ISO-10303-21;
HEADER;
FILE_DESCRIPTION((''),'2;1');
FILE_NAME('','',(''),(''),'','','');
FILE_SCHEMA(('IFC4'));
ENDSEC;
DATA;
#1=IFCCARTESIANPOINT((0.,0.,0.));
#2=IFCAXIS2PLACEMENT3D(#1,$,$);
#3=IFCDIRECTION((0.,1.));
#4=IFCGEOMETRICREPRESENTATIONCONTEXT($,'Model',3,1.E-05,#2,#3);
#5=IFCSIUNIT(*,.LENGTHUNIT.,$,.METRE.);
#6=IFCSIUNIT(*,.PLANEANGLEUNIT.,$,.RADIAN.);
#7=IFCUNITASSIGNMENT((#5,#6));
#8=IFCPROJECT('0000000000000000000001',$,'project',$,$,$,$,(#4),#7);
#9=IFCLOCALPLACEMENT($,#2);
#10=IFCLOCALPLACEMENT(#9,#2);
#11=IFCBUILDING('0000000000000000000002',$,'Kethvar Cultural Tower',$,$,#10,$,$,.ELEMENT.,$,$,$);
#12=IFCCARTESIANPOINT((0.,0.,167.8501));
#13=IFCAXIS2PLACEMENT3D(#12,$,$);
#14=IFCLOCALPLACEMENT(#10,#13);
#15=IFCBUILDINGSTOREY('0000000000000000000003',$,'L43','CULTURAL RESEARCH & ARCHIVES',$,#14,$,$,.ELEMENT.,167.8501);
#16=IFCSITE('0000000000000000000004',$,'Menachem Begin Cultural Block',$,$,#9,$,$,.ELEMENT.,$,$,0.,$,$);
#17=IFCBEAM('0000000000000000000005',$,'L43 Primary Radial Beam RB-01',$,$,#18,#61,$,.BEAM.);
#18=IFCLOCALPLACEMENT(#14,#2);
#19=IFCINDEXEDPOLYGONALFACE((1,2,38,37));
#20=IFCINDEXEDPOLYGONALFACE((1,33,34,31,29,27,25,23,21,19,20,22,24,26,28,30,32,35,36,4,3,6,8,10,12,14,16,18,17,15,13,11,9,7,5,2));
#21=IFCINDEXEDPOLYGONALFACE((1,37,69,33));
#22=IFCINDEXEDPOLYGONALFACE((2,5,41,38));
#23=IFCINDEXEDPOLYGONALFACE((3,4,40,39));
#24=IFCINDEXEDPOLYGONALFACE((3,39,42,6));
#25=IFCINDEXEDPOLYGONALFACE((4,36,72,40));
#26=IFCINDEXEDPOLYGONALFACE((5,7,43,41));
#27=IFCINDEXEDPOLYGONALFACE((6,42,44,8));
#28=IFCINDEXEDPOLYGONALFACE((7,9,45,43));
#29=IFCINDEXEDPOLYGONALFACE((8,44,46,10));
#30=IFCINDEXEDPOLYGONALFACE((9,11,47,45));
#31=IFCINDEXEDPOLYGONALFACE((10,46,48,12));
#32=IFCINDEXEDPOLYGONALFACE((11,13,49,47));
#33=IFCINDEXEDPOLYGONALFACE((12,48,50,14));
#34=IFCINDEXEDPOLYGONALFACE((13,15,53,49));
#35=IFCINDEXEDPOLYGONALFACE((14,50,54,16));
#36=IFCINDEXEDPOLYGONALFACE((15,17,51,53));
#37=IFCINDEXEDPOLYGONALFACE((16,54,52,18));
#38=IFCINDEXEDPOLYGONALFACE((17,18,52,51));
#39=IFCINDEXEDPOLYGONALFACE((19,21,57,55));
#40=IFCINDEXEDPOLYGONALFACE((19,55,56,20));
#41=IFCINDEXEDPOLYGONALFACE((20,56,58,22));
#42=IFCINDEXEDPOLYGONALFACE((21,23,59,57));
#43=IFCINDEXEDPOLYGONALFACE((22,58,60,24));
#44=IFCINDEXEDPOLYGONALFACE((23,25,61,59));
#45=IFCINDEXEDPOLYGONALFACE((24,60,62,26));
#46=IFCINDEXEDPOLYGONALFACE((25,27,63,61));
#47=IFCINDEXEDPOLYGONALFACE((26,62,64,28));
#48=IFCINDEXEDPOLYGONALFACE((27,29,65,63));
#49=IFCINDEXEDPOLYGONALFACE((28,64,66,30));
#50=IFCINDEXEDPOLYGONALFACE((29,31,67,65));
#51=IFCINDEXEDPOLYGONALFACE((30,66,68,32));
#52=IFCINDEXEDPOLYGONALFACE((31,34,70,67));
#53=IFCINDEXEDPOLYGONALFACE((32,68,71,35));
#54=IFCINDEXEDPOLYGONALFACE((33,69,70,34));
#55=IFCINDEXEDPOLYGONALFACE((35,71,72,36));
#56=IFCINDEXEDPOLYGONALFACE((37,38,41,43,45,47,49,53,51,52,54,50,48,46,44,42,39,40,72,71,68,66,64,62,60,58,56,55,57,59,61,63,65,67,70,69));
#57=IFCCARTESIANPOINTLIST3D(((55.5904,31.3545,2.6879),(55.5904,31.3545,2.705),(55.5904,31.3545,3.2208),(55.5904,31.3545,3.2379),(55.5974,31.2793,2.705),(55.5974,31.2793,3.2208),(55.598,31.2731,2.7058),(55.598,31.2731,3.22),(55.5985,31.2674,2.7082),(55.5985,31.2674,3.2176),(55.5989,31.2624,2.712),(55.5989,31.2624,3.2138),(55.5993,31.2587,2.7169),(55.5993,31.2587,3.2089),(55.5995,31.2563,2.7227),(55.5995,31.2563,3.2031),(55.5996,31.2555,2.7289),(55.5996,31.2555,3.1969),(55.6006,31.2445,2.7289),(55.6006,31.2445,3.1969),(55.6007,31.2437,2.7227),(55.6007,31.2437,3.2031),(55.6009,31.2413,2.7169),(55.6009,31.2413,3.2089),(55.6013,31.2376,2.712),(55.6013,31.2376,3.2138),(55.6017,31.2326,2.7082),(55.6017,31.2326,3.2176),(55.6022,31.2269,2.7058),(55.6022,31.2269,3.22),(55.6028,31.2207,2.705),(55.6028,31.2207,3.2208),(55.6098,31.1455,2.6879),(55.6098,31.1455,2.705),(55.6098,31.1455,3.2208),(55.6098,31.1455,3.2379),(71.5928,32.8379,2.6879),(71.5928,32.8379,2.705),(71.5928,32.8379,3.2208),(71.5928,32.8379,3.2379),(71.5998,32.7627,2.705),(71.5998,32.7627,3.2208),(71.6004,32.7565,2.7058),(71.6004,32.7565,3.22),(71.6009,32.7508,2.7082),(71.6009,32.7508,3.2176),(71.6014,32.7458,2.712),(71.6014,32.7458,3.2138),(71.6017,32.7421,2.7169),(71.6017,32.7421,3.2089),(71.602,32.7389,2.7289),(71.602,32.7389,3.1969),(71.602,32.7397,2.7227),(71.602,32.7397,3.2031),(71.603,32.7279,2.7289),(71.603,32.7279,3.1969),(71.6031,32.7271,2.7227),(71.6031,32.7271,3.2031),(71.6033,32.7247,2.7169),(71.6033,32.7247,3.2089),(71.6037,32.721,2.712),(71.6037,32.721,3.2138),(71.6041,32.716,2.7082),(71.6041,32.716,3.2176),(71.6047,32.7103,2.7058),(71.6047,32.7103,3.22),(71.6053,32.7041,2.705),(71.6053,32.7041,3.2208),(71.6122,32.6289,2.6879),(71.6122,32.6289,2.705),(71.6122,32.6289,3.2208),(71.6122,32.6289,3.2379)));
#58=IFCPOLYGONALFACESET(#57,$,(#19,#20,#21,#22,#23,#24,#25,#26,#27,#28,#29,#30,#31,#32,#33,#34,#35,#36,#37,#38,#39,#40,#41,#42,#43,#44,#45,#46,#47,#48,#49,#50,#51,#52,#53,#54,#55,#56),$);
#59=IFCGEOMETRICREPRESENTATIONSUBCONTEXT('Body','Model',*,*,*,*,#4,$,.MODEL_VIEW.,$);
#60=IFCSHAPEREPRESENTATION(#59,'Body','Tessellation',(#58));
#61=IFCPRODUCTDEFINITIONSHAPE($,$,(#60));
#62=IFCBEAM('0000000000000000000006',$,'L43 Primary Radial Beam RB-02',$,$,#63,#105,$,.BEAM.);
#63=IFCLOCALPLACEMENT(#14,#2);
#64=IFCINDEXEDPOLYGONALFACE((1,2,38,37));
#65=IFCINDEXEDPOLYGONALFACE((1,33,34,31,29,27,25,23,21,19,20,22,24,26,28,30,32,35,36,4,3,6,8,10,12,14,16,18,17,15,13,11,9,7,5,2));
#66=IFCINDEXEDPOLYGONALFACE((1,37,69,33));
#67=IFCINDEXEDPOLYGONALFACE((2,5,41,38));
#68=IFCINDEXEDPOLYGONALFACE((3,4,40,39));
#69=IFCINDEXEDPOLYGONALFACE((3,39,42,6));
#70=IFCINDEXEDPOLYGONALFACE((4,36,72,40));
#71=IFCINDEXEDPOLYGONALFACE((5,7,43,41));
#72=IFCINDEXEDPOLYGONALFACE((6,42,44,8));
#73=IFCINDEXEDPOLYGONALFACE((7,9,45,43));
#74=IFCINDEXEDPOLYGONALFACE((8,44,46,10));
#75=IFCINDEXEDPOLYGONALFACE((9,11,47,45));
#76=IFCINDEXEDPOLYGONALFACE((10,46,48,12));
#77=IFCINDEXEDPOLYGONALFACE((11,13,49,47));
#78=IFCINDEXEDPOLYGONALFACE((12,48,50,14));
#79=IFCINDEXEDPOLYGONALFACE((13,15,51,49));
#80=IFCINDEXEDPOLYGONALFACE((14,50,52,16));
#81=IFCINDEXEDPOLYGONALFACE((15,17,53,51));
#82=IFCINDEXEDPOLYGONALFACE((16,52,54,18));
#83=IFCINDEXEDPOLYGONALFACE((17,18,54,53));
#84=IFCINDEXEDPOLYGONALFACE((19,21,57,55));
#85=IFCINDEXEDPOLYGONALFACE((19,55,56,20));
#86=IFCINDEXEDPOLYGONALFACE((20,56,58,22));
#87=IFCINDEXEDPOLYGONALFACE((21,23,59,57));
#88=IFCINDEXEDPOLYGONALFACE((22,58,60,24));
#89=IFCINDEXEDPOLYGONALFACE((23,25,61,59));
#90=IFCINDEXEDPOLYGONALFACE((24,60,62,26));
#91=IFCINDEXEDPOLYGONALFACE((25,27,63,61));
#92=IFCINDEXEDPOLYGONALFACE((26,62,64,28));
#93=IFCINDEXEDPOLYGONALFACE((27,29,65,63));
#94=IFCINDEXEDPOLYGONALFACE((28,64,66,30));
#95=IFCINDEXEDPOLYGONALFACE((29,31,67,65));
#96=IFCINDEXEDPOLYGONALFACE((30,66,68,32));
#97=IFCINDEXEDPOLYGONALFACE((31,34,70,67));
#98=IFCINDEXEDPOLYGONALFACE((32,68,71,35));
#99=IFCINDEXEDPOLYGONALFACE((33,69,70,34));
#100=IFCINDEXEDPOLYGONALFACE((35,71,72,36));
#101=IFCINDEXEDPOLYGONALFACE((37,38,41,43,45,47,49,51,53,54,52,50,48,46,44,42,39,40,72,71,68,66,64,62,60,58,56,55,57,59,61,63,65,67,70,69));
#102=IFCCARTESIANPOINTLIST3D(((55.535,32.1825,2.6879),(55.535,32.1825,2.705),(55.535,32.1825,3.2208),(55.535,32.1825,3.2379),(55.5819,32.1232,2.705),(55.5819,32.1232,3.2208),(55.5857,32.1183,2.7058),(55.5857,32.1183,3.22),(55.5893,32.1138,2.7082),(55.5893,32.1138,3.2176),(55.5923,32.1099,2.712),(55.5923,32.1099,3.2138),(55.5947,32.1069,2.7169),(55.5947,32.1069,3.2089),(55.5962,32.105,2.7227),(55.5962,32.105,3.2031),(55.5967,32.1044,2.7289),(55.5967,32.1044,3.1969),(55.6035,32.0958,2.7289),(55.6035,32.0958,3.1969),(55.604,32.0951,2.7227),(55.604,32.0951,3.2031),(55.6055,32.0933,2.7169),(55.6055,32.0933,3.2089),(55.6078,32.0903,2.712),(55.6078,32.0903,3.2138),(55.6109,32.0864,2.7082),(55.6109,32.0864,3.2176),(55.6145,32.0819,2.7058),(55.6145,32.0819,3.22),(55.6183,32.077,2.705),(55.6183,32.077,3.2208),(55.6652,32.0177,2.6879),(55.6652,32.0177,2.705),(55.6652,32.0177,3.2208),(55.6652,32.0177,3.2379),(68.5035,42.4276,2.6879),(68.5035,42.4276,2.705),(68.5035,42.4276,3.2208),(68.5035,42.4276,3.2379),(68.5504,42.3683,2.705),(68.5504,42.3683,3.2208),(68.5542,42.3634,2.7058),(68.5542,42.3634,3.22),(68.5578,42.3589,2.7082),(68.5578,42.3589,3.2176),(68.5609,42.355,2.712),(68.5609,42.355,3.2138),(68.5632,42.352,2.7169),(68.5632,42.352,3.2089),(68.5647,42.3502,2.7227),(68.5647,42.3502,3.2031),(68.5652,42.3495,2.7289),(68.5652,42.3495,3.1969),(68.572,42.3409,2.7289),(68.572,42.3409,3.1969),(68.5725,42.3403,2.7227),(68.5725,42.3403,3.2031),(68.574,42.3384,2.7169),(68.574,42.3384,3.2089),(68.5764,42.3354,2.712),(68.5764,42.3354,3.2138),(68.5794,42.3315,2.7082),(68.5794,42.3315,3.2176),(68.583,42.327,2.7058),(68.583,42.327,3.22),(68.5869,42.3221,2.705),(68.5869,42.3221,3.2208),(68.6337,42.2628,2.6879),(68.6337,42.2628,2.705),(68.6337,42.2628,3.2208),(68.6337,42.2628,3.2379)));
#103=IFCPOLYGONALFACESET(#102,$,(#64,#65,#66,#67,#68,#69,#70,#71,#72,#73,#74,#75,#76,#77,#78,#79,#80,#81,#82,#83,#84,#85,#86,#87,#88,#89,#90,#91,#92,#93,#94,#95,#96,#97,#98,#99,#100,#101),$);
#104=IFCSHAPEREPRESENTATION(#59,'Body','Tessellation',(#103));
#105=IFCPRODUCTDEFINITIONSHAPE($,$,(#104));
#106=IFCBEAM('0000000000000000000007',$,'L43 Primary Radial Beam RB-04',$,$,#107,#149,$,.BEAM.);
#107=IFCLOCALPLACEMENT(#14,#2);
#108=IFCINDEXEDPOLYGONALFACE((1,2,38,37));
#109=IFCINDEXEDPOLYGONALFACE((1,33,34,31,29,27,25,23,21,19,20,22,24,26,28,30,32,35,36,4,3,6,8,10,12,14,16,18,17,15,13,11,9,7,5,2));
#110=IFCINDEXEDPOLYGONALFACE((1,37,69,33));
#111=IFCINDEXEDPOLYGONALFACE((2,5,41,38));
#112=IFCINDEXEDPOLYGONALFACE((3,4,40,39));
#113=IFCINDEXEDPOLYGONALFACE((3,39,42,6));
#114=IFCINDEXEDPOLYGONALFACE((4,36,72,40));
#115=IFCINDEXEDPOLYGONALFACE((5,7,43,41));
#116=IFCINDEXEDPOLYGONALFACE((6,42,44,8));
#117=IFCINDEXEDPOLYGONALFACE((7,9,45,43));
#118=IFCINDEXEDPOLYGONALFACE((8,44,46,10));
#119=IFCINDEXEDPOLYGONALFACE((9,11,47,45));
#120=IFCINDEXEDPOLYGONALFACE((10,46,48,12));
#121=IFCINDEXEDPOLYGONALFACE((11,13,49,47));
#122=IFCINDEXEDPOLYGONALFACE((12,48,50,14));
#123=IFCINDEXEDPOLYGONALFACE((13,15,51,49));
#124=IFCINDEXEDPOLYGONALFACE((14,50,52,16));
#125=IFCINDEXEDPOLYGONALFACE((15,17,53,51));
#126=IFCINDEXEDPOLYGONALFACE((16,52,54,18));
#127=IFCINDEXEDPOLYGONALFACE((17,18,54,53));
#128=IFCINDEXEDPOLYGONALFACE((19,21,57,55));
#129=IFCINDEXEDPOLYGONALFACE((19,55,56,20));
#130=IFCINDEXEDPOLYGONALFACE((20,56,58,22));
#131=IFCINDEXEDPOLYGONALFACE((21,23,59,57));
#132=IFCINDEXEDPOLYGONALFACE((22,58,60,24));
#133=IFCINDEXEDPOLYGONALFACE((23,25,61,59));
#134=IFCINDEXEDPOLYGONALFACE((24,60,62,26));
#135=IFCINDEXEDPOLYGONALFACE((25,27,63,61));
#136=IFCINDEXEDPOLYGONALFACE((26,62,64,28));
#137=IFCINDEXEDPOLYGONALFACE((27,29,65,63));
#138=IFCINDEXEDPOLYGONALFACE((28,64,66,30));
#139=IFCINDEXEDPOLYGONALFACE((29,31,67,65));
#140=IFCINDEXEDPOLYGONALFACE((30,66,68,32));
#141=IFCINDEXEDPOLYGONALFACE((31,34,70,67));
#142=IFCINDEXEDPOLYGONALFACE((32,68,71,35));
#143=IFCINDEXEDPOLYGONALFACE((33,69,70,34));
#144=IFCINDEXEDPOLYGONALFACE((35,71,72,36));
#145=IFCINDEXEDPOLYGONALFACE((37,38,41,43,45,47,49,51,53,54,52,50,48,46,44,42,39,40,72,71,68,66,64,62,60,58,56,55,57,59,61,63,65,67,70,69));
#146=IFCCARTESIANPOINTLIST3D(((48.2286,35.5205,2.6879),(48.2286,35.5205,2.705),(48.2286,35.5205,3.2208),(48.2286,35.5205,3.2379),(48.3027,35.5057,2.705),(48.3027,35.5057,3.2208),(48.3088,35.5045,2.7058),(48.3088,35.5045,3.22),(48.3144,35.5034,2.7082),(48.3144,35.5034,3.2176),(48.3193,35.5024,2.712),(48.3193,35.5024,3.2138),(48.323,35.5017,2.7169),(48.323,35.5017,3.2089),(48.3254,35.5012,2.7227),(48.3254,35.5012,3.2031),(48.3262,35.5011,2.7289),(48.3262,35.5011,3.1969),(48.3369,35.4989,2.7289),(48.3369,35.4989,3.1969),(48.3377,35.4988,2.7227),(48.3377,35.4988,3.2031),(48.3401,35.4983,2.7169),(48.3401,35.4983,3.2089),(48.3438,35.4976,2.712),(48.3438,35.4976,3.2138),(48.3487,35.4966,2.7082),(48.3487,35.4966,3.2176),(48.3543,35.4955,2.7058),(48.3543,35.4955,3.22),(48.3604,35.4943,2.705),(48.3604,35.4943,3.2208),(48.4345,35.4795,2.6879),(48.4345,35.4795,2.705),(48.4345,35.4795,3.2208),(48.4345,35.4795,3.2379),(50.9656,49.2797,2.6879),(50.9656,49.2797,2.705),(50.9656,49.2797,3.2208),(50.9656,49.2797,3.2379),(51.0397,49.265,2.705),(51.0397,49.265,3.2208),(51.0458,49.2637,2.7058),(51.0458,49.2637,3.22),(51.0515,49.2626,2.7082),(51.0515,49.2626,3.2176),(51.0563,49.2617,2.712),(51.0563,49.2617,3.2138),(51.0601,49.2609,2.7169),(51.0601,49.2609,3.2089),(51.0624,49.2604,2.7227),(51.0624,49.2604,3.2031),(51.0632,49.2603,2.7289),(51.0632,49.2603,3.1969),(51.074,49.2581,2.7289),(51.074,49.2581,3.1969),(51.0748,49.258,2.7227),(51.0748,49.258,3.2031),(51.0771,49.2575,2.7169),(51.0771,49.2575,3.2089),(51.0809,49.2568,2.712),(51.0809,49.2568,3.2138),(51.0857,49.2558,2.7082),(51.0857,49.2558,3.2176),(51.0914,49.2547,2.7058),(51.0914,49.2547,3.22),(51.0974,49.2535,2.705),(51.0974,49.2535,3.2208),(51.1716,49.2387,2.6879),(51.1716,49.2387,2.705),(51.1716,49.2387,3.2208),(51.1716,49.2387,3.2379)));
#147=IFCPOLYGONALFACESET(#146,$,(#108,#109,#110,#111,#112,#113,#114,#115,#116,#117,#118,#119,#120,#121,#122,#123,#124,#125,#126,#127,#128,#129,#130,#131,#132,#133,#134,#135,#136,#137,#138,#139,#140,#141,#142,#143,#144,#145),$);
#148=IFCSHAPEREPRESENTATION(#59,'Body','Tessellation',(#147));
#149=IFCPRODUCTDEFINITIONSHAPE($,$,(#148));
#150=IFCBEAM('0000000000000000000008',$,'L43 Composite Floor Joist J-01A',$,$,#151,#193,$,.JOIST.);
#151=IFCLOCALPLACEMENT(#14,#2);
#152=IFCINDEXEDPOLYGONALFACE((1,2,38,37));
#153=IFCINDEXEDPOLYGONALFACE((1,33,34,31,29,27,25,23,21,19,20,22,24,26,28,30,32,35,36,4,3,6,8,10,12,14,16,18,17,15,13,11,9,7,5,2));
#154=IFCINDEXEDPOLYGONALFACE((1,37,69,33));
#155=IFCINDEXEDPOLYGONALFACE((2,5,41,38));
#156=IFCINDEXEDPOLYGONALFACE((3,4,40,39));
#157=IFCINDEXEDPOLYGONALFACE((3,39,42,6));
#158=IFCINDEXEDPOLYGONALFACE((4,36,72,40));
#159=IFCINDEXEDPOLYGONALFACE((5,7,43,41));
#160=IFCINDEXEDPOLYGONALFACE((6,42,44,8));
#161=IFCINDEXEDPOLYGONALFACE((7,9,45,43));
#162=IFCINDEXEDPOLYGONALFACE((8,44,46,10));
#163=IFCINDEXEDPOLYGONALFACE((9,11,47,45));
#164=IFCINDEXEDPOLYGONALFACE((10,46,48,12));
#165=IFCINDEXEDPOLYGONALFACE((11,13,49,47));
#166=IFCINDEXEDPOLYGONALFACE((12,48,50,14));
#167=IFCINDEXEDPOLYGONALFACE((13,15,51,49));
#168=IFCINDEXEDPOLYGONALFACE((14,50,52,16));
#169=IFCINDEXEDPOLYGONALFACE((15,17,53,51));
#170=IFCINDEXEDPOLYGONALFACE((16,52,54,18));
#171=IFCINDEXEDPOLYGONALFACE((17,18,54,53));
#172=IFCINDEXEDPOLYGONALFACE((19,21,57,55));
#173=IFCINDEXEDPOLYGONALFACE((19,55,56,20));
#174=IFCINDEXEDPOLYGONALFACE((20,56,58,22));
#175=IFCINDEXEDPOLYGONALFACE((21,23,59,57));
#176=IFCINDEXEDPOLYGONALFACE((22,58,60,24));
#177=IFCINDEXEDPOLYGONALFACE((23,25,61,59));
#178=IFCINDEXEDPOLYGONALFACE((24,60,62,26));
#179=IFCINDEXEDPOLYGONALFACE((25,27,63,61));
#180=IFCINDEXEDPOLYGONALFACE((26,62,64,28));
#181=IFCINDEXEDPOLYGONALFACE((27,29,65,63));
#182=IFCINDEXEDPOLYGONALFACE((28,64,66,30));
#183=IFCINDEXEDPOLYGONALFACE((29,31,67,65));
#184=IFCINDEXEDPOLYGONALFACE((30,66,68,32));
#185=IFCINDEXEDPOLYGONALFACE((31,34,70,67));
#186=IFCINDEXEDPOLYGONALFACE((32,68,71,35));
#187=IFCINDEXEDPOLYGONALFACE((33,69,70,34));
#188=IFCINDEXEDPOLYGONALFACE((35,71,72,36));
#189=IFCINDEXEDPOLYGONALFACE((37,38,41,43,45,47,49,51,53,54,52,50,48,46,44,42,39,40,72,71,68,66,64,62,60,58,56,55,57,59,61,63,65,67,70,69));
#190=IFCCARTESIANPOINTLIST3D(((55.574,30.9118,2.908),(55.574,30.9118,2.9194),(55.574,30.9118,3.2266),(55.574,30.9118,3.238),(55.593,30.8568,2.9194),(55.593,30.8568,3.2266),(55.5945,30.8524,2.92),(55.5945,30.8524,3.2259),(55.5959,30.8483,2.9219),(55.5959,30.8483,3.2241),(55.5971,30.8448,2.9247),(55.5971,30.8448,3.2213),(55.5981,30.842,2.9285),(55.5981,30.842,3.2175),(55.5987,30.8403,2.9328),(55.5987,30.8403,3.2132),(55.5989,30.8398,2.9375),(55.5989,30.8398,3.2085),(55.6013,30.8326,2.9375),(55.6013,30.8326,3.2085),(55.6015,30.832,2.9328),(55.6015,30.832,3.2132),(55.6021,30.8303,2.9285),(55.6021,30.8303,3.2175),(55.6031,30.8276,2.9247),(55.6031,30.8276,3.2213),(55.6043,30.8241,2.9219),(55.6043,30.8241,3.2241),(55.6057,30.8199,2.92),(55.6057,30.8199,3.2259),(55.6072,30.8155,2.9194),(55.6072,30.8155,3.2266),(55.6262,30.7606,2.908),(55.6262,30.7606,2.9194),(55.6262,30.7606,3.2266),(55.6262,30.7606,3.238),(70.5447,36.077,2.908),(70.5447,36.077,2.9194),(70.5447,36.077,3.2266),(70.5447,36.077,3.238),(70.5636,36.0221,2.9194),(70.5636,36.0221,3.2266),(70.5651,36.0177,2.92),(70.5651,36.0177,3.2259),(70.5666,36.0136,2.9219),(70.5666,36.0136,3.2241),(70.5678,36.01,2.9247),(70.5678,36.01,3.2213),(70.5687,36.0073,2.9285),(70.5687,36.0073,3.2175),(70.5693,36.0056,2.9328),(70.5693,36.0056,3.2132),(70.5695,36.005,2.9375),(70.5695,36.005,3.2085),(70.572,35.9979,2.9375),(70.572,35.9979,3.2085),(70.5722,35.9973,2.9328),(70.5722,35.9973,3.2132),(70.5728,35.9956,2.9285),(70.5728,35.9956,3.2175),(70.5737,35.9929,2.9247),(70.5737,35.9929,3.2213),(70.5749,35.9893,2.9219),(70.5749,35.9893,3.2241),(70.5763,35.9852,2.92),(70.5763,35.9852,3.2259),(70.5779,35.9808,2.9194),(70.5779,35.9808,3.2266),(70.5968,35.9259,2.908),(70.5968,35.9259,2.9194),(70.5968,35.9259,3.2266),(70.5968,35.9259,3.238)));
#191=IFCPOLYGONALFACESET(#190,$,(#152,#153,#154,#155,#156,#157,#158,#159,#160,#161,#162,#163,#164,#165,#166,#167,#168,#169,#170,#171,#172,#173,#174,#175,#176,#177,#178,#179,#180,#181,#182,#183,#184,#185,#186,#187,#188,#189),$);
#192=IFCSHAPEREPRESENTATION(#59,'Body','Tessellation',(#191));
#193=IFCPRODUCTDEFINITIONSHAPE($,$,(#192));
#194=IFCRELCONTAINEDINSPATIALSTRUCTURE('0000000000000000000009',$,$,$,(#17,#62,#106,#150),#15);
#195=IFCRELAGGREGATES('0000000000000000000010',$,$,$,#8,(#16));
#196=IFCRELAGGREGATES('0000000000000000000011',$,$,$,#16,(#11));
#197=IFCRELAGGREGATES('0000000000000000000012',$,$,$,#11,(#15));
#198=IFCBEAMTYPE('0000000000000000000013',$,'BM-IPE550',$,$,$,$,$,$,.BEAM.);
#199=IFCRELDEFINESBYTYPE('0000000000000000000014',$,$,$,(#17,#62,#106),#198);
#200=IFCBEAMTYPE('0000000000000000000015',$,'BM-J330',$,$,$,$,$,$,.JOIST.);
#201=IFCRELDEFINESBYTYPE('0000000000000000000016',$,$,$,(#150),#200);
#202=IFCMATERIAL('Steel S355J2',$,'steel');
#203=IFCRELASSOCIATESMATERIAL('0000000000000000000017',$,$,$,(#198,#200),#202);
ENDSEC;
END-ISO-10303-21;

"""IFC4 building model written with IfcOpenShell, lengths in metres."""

from ifc_helpers import new_model, si_unit, direction, frame, origin, origin_2d, place, context, subcontext, project, spatial, i_section, extrude, source, transform, mapped, material, material_profile, profile_set, type_object, element, save


model = new_model("IFC4")

# Units and contexts
model_context = context("Model", 3, precision=1e-05, world=origin(), true_north=direction((0.0, 1.0)))
body_context = subcontext(model_context, "Body", "Model", "MODEL_VIEW")
ifc_project = project(units=[si_unit("LENGTHUNIT", "METRE"), si_unit("PLANEANGLEUNIT", "RADIAN")], contexts=[model_context])

# Site, building, storey
site_placement = place(None, origin())
site = spatial("IfcSite", under=ifc_project, at=site_placement, Name="Menachem Begin Cultural Block", CompositionType="ELEMENT", RefElevation=0.0)
building_placement = place(site_placement, origin())
building = spatial("IfcBuilding", under=site, at=building_placement, Name="Kethvar Cultural Tower", CompositionType="ELEMENT")
storey_placement = place(building_placement, frame((0.0, 0.0, 167.8501)))
storey = spatial("IfcBuildingStorey", under=building, at=storey_placement, Name="L43", Description="CULTURAL RESEARCH & ARCHIVES", CompositionType="ELEMENT", Elevation=167.8501)

# Beams
ifc_material_1 = material(Name="Steel S355J2", Category="steel")
ifc_material_profile_1 = material_profile(ifc_material_1, i_section(OverallWidth=0.21, OverallDepth=0.55, WebThickness=0.011, FlangeThickness=0.0171, FilletRadius=0.0239, at=origin_2d()), Name="Steel S355J2 — IPE550")
ifc_profile_set_1 = profile_set([ifc_material_profile_1], Name="Steel S355J2 — IPE550")
beam_type_1 = type_object("IfcBeamType", Name="BM-IPE550", PredefinedType="BEAM", material=ifc_profile_set_1)
shared_shape_1 = source(origin(), body_context, "Body", "SweptSolid", [
    extrude(i_section(OverallWidth=0.21, OverallDepth=0.55, WebThickness=0.011, FlangeThickness=0.0171, FilletRadius=0.0239, at=origin_2d()), origin(), (0.0, 0.0, 1.0), 16.071),
])
beam_1_placement = place(storey_placement, frame((55.6001, 31.25, 2.9629), z_axis=(0.995731, 0.092303, 0.0), x_axis=(-0.092303, 0.995731, 0.0)))
element("IfcBeam", 1, at=beam_1_placement, inside=storey, type_object=beam_type_1, Name="L43 Primary Radial Beam RB-01", PredefinedType="BEAM", context=body_context, shape_type="MappedRepresentation", body=[
    mapped(shared_shape_1, transform((0.0, 0.0, 0.0), scale=1.0)),
])
shared_shape_2 = source(origin(), body_context, "Body", "SweptSolid", [
    extrude(i_section(OverallWidth=0.21, OverallDepth=0.55, WebThickness=0.011, FlangeThickness=0.0171, FilletRadius=0.0239, at=origin_2d()), origin(), (0.0, 0.0, 1.0), 16.5271),
])
beam_2_placement = place(storey_placement, frame((55.6001, 32.1001, 2.9629), z_axis=(0.784682, 0.619899, 0.0), x_axis=(-0.619899, 0.784682, 0.0)))
element("IfcBeam", 2, at=beam_2_placement, inside=storey, type_object=beam_type_1, Name="L43 Primary Radial Beam RB-02", PredefinedType="BEAM", context=body_context, shape_type="MappedRepresentation", body=[
    mapped(shared_shape_2, transform((0.0, 0.0, 0.0), scale=1.0)),
])
shared_shape_3 = source(origin(), body_context, "Body", "SweptSolid", [
    extrude(i_section(OverallWidth=0.21, OverallDepth=0.55, WebThickness=0.011, FlangeThickness=0.0171, FilletRadius=0.0239, at=origin_2d()), origin(), (0.0, 0.0, 1.0), 14.0288),
])
beam_3_placement = place(storey_placement, frame((48.3315, 35.5, 2.9629), z_axis=(0.195102, 0.980783, 0.0), x_axis=(-0.980783, 0.195102, 0.0)))
element("IfcBeam", 3, at=beam_3_placement, inside=storey, type_object=beam_type_1, Name="L43 Primary Radial Beam RB-04", PredefinedType="BEAM", context=body_context, shape_type="MappedRepresentation", body=[
    mapped(shared_shape_3, transform((0.0, 0.0, 0.0), scale=1.0)),
])
ifc_material_profile_2 = material_profile(ifc_material_1, i_section(OverallWidth=0.1599, OverallDepth=0.3301, WebThickness=0.0076, FlangeThickness=0.0115, FilletRadius=0.0181, at=origin_2d()), Name="Steel S355J2 — IPE330")
ifc_profile_set_2 = profile_set([ifc_material_profile_2], Name="Steel S355J2 — IPE330")
beam_type_2 = type_object("IfcBeamType", Name="BM-J330", PredefinedType="JOIST", material=ifc_profile_set_2)
shared_shape_4 = source(origin(), body_context, "Body", "SweptSolid", [
    extrude(i_section(OverallWidth=0.1599, OverallDepth=0.3301, WebThickness=0.0076, FlangeThickness=0.0115, FilletRadius=0.0181, at=origin_2d()), origin(), (0.0, 0.0, 1.0), 15.8367),
])
beam_4_placement = place(storey_placement, frame((55.6001, 30.8362, 3.073), z_axis=(0.945315, 0.326158, 0.0), x_axis=(-0.326158, 0.945315, 0.0)))
element("IfcBeam", 4, at=beam_4_placement, inside=storey, type_object=beam_type_2, Name="L43 Composite Floor Joist J-01A", PredefinedType="JOIST", context=body_context, shape_type="MappedRepresentation", body=[
    mapped(shared_shape_4, transform((0.0, 0.0, 0.0), scale=1.0)),
])

save(model, "model.ifc")
